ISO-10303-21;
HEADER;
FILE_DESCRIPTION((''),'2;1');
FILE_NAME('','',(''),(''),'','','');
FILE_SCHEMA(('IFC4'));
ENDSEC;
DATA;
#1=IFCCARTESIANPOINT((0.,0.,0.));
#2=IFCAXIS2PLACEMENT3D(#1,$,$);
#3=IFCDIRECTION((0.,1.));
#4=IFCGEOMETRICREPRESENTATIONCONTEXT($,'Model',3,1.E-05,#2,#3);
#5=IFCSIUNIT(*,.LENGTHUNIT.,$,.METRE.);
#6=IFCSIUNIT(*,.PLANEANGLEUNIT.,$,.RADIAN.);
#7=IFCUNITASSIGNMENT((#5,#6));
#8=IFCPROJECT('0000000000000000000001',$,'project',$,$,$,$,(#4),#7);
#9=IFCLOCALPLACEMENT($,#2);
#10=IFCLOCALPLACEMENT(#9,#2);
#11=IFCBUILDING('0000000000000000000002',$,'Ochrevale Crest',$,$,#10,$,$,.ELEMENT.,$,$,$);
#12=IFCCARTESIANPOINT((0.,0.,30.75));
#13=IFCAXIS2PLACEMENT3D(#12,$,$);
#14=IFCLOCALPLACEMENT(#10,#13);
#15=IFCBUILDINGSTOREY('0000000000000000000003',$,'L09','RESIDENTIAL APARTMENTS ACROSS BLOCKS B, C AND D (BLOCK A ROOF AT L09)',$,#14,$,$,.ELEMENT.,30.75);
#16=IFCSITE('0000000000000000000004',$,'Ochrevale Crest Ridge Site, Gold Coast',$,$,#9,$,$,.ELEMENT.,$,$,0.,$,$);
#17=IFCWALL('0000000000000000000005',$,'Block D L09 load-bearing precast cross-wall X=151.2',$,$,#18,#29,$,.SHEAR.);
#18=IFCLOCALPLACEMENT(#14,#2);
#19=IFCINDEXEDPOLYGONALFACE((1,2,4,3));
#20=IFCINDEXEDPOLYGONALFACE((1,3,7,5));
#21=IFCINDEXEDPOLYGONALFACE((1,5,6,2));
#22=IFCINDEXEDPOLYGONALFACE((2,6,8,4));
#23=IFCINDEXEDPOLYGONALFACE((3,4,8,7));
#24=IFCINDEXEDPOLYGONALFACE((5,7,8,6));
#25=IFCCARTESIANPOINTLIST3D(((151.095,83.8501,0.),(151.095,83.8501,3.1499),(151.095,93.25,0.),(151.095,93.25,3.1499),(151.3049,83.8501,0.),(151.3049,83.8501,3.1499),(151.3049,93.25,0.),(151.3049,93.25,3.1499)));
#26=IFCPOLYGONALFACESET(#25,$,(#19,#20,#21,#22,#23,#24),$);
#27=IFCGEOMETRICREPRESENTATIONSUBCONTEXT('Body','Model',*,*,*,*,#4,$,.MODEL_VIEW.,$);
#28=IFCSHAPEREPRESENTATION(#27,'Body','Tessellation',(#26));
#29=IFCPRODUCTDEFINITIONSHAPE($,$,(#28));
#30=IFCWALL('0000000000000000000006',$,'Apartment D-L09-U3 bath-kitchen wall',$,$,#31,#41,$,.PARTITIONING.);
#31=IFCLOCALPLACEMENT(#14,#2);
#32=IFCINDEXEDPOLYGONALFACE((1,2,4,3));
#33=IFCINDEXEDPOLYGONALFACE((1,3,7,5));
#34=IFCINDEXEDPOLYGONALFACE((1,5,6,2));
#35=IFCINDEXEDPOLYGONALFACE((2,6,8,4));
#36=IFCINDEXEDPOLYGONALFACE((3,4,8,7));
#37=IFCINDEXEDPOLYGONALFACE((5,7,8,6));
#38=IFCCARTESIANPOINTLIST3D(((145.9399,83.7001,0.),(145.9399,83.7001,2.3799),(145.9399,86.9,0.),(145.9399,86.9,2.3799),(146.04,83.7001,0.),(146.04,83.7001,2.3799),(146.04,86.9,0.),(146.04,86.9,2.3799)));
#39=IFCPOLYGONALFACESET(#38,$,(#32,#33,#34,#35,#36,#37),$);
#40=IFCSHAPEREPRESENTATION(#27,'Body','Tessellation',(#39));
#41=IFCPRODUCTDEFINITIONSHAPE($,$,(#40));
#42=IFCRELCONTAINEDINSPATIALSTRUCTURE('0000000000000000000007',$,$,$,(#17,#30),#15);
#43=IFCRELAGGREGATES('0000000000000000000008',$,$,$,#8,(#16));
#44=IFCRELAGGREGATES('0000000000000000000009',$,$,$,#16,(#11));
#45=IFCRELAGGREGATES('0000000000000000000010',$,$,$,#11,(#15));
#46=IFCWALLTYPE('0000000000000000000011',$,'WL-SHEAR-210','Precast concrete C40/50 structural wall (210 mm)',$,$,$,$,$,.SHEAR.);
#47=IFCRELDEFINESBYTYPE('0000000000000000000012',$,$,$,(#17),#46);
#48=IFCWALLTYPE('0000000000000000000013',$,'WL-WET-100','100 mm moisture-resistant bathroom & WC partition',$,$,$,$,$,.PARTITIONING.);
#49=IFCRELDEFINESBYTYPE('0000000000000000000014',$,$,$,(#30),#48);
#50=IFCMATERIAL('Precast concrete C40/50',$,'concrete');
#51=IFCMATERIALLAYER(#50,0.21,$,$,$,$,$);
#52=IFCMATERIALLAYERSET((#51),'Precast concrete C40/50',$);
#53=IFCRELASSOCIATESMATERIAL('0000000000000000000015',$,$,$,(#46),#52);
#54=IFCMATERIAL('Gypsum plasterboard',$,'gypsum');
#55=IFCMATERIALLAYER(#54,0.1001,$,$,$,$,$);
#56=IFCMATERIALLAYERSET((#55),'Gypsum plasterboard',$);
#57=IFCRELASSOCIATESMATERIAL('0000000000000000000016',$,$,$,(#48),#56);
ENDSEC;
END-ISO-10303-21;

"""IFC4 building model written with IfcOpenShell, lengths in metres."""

from ifc_helpers import new_model, si_unit, direction, frame, frame_2d, origin, place, context, subcontext, project, spatial, rectangle, extrude, material, layer, layer_set, type_object, element, save


model = new_model("IFC4")

# Units and contexts
model_context = context("Model", 3, precision=1e-05, world=origin(), true_north=direction((0.0, 1.0)))
body_context = subcontext(model_context, "Body", "Model", "MODEL_VIEW")
ifc_project = project(units=[si_unit("LENGTHUNIT", "METRE"), si_unit("PLANEANGLEUNIT", "RADIAN")], contexts=[model_context])

# Site, building, storey
site_placement = place(None, origin())
site = spatial("IfcSite", under=ifc_project, at=site_placement, Name="Ochrevale Crest Ridge Site, Gold Coast", CompositionType="ELEMENT", RefElevation=0.0)
building_placement = place(site_placement, origin())
building = spatial("IfcBuilding", under=site, at=building_placement, Name="Ochrevale Crest", CompositionType="ELEMENT")
storey_placement = place(building_placement, frame((0.0, 0.0, 30.75)))
storey = spatial("IfcBuildingStorey", under=building, at=storey_placement, Name="L09", Description="RESIDENTIAL APARTMENTS ACROSS BLOCKS B, C AND D (BLOCK A ROOF AT L09)", CompositionType="ELEMENT", Elevation=30.75)

# Shared definitions
ifc_material_1 = material(Name="Gypsum plasterboard", Category="gypsum")

# Walls
ifc_material_2 = material(Name="Precast concrete C40/50", Category="concrete")
ifc_layer_1 = layer(ifc_material_2, 0.21)
ifc_layer_set_1 = layer_set([ifc_layer_1], Name="Precast concrete C40/50")
wall_type_1 = type_object("IfcWallType", Name="WL-SHEAR-210", Description="Precast concrete C40/50 structural wall (210 mm)", PredefinedType="SHEAR", material=ifc_layer_set_1)
for number, where, z_axis, x_axis, name in (
    (1, (151.2, 83.8501, 0.0), (0.0, 0.0, 1.0), (0.0, 1.0, 0.0), "Block D L09 load-bearing precast cross-wall X=151.2"),
):
    element("IfcWall", number, at=place(storey_placement, frame(where, z_axis=z_axis, x_axis=x_axis)), inside=storey, type_object=wall_type_1, Name=name, PredefinedType="SHEAR", context=body_context, shape_type="SweptSolid", body=[
        extrude(rectangle(XDim=9.3999, YDim=0.21, at=frame_2d((4.7, 0.0))), origin(), (0.0, 0.0, 1.0), 3.1499),
    ])
ifc_layer_2 = layer(ifc_material_1, 0.1001)
ifc_layer_set_2 = layer_set([ifc_layer_2], Name="Gypsum plasterboard")
wall_type_2 = type_object("IfcWallType", Name="WL-WET-100", Description="100 mm moisture-resistant bathroom & WC partition", PredefinedType="PARTITIONING", material=ifc_layer_set_2)
wall_1_placement = place(storey_placement, frame((145.99, 83.7, 0.0), z_axis=(0.0, 0.0, 1.0), x_axis=(0.0, 1.0, 0.0)))
element("IfcWall", 2, at=wall_1_placement, inside=storey, type_object=wall_type_2, Name="Apartment D-L09-U3 bath-kitchen wall", PredefinedType="PARTITIONING", context=body_context, shape_type="SweptSolid", body=[
    extrude(rectangle(XDim=3.2, YDim=0.1001, at=frame_2d((1.6001, 0.0))), origin(), (0.0, 0.0, 1.0), 2.3799),
])

save(model, "model.ifc")
